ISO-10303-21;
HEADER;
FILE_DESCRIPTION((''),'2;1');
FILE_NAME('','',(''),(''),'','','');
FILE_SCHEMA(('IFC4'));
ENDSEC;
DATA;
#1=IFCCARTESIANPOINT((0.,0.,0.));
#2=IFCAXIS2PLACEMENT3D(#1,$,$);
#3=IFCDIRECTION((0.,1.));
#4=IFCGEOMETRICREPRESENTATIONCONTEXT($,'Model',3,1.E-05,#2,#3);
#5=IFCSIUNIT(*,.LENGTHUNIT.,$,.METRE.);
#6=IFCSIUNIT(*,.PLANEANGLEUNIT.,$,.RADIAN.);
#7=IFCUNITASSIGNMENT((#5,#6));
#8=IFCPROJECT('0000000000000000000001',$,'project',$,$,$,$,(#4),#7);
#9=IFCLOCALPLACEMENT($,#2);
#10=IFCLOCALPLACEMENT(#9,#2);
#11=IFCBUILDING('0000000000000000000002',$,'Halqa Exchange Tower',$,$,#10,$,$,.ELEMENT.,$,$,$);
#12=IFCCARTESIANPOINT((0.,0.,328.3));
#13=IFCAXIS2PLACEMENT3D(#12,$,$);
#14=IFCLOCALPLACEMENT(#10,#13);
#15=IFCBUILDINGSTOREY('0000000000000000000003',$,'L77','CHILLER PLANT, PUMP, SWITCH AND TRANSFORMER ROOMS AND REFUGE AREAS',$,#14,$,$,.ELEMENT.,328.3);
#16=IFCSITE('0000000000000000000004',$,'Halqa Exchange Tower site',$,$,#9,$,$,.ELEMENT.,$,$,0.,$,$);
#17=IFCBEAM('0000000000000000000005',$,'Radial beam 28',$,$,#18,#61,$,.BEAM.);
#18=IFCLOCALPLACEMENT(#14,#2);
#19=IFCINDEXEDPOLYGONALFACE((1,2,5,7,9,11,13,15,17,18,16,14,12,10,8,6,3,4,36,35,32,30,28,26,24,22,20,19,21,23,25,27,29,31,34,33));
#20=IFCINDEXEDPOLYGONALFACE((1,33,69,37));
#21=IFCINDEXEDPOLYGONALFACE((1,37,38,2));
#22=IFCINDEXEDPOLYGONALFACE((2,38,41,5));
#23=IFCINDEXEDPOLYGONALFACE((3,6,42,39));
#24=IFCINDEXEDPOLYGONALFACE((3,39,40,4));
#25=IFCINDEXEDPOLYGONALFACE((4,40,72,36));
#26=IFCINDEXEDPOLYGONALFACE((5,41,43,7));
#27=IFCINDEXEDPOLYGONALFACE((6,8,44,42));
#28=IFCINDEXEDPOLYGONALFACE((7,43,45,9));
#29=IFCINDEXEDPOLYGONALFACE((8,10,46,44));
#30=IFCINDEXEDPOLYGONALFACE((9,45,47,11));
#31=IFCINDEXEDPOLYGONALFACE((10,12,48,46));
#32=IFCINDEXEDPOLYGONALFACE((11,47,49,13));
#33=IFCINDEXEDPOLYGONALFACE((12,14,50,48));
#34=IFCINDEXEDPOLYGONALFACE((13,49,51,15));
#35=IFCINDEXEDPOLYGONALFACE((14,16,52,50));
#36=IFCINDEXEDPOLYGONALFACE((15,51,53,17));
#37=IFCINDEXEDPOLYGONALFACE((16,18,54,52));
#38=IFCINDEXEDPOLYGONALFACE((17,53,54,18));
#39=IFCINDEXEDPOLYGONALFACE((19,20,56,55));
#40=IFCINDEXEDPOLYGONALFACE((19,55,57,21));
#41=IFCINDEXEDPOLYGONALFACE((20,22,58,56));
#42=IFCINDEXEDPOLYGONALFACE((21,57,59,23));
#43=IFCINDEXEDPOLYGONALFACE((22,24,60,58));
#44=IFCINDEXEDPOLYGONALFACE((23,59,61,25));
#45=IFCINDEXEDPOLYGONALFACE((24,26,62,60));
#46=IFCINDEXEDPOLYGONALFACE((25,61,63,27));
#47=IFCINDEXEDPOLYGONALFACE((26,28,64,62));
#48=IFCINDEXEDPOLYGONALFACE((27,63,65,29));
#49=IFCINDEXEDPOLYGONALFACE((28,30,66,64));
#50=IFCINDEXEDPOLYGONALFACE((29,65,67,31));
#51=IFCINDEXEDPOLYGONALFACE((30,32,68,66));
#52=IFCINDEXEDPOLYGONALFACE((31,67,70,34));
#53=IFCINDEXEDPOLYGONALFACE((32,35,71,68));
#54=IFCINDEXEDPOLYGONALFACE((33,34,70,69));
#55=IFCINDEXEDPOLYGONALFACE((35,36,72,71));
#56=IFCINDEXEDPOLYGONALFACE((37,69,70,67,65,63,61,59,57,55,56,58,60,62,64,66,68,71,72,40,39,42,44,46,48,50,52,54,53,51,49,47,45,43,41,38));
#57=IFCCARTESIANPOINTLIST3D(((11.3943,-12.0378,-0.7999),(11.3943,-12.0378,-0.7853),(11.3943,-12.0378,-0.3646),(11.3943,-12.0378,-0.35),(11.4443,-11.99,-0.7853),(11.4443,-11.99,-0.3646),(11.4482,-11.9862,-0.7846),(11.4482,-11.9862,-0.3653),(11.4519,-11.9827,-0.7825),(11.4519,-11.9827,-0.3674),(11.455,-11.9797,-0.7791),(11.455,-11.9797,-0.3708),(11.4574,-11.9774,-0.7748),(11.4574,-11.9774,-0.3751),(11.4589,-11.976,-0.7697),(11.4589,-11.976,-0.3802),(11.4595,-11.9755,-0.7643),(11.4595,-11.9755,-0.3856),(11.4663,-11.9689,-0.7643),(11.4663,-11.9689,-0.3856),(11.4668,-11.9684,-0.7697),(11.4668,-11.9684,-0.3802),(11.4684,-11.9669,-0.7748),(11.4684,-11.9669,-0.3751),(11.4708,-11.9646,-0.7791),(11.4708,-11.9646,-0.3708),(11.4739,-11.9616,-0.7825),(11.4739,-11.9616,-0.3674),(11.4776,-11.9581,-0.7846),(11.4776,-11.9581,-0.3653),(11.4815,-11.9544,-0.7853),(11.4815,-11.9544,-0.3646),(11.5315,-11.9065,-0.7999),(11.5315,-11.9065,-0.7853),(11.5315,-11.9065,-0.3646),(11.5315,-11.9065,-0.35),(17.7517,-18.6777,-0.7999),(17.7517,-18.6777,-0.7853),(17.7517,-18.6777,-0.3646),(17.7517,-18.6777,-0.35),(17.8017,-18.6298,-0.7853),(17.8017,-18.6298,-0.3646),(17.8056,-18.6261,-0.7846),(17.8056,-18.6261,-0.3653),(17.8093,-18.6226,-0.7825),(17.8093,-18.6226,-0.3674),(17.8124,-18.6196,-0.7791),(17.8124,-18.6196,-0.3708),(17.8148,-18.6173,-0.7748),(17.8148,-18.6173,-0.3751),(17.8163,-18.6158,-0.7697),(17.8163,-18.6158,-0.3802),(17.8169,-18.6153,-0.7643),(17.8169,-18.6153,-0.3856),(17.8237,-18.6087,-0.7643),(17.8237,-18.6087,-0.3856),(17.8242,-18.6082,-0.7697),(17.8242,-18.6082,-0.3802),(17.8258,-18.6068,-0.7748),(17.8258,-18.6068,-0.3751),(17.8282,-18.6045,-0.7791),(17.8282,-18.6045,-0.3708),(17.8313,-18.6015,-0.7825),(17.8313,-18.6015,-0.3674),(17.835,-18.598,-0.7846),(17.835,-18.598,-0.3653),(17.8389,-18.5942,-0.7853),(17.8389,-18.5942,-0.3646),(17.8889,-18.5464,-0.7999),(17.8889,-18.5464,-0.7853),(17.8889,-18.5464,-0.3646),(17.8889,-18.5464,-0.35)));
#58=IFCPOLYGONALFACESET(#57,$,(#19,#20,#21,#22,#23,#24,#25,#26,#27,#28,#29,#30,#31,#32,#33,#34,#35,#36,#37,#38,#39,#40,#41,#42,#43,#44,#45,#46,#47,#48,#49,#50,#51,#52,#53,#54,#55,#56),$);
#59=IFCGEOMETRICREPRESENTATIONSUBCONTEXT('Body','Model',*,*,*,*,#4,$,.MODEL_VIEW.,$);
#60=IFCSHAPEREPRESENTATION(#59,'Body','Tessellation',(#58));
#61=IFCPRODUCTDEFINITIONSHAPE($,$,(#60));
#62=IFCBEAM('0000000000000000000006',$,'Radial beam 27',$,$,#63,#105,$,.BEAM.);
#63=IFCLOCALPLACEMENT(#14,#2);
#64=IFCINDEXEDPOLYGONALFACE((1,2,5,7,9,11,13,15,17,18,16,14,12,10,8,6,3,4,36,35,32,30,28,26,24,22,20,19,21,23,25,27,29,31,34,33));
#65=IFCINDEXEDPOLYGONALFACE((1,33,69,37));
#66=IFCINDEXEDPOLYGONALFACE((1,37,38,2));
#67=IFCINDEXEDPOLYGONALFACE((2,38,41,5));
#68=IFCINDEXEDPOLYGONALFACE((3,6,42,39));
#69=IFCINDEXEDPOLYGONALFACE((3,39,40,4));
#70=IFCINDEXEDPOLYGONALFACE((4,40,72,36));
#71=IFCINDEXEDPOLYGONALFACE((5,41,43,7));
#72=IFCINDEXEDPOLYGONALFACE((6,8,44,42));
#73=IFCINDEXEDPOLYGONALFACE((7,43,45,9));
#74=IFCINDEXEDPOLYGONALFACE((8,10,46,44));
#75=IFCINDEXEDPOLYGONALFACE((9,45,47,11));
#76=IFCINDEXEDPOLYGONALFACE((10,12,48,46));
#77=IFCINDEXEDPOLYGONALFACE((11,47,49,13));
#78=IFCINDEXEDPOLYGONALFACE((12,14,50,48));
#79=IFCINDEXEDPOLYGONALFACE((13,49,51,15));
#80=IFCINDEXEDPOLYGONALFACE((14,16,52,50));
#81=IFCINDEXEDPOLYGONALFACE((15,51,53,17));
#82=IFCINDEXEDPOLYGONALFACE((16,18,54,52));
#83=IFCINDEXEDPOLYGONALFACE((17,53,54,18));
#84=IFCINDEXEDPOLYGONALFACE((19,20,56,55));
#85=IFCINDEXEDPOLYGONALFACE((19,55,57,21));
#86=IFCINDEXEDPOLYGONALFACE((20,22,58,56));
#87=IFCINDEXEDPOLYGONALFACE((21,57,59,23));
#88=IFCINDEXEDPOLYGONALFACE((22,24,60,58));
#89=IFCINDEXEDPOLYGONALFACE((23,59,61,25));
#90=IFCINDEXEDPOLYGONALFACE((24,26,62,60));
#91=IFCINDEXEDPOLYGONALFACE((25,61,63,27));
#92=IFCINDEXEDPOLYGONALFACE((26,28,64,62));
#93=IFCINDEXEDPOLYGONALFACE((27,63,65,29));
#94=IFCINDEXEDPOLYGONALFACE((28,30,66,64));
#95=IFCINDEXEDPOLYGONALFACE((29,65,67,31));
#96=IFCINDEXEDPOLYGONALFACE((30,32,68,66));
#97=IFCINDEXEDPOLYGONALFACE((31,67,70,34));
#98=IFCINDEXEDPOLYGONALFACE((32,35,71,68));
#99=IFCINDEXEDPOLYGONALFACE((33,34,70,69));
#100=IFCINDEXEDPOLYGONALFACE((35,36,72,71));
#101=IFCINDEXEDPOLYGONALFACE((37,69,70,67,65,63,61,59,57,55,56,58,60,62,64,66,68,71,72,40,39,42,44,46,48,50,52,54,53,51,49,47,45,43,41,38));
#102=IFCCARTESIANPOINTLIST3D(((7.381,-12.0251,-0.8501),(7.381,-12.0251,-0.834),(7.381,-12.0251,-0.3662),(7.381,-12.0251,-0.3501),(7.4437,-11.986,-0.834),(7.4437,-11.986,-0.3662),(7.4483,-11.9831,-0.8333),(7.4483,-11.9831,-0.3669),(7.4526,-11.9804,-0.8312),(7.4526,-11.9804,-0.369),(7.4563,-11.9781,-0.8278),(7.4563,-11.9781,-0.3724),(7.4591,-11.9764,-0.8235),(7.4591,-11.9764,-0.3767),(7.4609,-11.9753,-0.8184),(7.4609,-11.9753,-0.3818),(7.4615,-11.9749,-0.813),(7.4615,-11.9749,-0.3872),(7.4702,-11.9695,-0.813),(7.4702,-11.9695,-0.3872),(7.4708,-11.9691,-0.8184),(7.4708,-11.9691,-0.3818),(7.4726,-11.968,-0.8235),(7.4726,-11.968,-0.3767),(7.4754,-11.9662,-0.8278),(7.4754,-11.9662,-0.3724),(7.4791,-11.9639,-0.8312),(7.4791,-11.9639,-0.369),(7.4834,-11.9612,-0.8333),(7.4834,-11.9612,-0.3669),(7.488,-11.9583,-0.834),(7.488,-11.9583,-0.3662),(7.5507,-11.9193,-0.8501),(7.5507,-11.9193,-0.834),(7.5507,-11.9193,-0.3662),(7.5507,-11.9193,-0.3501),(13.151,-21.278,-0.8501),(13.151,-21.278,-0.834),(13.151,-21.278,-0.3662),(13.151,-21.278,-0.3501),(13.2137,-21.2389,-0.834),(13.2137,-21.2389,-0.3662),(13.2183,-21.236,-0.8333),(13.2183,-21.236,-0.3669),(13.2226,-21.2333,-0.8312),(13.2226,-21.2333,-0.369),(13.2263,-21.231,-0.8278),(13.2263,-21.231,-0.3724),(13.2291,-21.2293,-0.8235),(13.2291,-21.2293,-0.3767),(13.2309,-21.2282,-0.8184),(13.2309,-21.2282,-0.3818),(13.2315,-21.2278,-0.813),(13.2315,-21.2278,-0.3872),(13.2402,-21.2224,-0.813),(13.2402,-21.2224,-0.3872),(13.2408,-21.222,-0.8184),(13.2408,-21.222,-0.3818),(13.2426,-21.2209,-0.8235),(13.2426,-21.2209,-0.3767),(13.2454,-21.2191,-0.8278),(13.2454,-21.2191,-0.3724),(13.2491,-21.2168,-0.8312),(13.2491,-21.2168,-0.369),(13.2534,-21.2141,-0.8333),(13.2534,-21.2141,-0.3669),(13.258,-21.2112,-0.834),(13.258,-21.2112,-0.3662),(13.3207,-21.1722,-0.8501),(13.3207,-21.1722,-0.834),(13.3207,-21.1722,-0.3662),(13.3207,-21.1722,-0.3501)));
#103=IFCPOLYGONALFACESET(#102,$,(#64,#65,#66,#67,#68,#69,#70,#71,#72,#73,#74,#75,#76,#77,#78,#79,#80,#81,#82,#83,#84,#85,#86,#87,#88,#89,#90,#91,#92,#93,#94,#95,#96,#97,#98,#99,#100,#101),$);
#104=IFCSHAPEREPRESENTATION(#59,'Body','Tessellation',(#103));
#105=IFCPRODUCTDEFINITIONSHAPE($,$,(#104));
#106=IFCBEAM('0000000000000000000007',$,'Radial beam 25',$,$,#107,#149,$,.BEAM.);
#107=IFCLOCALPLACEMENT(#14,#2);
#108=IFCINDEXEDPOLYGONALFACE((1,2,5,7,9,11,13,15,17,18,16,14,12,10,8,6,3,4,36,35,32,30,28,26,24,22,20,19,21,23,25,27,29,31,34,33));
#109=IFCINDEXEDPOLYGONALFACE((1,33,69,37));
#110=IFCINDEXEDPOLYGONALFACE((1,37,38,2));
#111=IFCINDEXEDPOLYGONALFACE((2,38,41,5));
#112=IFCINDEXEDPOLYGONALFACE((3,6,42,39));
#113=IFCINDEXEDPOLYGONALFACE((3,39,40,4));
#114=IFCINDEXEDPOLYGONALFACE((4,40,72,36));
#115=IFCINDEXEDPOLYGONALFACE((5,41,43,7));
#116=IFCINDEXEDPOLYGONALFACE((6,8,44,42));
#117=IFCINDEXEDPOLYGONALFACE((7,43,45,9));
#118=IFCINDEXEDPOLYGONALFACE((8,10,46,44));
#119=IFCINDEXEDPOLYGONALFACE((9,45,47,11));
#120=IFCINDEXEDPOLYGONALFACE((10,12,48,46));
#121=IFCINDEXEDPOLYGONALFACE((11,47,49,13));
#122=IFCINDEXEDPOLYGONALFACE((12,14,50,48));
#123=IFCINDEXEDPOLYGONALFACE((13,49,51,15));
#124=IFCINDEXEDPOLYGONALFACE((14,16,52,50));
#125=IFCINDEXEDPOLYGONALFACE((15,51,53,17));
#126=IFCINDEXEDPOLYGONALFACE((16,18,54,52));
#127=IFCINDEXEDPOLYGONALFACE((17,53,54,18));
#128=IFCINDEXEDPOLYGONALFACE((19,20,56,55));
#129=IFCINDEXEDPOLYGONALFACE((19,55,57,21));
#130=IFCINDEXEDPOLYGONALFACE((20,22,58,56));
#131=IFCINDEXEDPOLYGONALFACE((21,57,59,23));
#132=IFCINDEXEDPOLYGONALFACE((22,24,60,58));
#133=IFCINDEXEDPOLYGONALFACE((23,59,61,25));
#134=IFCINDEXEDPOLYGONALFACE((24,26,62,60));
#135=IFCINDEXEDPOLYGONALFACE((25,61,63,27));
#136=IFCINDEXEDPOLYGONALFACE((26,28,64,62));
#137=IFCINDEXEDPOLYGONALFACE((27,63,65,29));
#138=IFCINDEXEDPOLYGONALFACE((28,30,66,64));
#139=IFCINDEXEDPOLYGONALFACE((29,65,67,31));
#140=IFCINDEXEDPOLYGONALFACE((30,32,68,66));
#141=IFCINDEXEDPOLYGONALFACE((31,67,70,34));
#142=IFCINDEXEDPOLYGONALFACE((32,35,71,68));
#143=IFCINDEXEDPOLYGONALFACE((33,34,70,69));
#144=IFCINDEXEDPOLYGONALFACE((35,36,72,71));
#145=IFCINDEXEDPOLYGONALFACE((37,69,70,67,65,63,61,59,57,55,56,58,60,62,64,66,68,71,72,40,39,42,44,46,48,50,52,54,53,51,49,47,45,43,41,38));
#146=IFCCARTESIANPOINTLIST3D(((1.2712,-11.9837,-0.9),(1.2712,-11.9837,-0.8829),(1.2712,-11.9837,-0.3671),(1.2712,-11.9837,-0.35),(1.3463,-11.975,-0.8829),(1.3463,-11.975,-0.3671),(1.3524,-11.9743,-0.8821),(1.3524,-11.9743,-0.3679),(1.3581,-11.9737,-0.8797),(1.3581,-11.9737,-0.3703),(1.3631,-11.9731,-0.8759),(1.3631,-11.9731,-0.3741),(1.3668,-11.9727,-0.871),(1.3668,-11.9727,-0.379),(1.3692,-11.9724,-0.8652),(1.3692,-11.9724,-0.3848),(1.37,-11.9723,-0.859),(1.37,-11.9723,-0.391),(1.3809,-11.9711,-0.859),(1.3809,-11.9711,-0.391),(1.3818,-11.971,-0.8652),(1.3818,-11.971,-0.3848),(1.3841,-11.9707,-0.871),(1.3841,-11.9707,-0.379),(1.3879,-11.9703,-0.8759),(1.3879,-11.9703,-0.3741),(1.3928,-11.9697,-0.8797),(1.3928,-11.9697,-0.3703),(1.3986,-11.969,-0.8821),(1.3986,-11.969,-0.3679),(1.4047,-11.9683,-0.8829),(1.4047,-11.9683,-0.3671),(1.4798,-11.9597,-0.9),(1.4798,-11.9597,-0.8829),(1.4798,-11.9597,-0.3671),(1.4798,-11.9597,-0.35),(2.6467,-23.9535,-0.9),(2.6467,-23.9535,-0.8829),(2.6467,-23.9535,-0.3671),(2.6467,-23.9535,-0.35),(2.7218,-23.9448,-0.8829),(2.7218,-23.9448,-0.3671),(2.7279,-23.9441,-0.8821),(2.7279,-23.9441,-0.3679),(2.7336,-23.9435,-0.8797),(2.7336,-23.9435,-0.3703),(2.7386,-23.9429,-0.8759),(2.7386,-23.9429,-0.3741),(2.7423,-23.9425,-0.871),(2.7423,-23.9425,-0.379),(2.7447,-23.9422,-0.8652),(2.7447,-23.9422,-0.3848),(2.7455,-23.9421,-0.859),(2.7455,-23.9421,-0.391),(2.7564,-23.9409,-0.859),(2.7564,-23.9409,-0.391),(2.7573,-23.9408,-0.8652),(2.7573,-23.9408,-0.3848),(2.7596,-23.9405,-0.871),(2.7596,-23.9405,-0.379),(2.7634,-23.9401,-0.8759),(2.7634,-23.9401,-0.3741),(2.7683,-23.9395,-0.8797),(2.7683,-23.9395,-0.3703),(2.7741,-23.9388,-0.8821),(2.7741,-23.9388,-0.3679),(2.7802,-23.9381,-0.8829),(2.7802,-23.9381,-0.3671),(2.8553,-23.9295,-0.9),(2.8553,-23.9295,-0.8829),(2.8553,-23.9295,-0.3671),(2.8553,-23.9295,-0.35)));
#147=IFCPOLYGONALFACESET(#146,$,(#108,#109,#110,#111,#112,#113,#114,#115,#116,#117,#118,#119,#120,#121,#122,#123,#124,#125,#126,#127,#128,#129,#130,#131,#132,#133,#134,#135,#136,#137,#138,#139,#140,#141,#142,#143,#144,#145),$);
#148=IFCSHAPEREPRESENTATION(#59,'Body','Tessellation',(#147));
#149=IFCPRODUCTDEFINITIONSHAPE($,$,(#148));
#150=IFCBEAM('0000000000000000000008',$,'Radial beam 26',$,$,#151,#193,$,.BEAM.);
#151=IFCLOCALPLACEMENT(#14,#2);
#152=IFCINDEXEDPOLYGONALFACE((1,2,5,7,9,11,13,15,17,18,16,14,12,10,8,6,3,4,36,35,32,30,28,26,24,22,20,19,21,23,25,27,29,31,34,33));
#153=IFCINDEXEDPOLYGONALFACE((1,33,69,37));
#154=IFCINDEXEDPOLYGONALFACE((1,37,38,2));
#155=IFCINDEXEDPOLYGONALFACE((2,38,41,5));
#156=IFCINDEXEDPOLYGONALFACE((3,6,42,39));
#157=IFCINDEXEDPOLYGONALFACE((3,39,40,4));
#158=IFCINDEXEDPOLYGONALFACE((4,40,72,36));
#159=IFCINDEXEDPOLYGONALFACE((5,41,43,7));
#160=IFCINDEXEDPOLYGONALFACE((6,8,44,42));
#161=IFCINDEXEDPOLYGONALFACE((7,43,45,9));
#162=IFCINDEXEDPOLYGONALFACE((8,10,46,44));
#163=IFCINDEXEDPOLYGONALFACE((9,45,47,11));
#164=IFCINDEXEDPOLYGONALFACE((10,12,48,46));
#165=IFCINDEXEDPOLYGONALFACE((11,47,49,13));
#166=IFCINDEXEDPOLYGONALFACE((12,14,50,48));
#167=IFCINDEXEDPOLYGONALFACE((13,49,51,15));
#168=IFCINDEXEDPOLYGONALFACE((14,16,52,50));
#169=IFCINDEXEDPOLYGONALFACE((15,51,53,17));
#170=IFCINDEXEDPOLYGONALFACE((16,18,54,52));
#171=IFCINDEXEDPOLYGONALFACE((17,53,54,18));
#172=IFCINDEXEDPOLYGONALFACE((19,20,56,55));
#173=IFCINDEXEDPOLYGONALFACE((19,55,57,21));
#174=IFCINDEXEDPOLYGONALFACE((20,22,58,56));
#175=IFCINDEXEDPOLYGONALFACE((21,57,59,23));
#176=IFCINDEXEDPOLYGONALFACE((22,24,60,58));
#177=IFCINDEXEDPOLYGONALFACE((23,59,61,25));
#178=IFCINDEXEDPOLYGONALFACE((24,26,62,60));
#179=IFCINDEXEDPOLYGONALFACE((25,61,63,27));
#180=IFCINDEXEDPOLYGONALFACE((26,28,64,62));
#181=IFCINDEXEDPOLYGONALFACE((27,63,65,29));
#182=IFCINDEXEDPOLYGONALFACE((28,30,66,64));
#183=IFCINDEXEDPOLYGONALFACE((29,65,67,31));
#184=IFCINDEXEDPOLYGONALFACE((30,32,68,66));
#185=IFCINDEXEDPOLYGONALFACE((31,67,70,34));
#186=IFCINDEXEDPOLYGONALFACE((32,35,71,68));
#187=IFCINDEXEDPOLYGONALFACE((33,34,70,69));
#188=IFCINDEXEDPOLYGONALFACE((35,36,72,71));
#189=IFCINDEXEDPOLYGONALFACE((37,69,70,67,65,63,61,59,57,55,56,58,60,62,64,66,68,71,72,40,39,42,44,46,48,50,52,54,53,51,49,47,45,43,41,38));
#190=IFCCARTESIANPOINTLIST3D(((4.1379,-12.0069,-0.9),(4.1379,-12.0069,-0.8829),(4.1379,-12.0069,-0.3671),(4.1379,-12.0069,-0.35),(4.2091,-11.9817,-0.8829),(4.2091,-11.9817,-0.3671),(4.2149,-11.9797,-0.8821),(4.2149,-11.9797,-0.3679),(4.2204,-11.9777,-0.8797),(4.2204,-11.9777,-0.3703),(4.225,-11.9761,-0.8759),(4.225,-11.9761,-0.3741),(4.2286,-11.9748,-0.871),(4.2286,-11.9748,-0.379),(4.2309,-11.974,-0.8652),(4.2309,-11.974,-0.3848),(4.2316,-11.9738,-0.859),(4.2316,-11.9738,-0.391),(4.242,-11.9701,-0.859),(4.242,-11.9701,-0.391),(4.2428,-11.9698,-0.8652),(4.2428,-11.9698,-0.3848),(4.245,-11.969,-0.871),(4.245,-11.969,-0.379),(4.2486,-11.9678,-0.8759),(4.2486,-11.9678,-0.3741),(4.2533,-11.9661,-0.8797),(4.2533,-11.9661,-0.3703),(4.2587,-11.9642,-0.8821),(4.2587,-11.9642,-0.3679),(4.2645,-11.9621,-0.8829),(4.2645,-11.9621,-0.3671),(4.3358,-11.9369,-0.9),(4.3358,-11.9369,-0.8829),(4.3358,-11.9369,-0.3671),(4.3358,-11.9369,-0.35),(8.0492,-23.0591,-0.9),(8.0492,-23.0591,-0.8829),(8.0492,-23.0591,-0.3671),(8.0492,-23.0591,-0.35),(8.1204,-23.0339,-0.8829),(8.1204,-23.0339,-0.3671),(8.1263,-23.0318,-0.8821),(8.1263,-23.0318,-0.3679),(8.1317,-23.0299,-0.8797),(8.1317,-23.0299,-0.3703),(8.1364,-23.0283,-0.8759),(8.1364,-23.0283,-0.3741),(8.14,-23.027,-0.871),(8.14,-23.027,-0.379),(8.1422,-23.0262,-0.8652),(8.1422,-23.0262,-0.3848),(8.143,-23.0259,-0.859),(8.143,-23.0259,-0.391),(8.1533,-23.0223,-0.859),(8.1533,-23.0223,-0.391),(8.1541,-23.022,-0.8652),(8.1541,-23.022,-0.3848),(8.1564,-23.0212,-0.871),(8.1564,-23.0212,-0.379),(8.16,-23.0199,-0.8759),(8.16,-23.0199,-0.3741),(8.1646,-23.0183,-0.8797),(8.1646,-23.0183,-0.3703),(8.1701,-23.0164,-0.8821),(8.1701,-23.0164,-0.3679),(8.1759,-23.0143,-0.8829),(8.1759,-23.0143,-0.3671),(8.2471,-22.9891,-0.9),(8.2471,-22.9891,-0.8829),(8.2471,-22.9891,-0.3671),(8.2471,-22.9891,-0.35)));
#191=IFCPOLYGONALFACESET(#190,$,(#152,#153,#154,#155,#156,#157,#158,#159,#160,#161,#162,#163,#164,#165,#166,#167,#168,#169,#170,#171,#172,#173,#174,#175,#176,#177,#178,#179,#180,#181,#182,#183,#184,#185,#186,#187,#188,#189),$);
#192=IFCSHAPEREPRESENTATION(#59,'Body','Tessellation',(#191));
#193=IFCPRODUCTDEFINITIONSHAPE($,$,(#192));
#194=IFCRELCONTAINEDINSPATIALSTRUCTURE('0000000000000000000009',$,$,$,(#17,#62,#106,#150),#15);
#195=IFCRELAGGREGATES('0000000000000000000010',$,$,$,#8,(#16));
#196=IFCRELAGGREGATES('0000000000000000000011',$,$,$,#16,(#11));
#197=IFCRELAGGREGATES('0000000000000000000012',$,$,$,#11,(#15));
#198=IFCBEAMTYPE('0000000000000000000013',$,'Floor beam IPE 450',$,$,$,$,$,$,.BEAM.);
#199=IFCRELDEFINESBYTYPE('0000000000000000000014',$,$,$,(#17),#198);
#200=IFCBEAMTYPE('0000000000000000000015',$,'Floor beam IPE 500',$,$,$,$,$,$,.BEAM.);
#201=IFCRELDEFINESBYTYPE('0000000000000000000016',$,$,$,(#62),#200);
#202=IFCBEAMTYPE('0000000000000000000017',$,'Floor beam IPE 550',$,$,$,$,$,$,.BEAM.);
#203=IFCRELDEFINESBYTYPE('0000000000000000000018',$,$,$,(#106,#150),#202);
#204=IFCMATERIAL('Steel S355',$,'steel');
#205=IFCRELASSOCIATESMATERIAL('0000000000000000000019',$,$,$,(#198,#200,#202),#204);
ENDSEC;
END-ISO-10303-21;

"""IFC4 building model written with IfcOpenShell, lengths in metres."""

from ifc_helpers import new_model, si_unit, direction, frame, origin, origin_2d, place, context, subcontext, project, spatial, i_section, extrude, material, material_profile, profile_set, type_object, element, save


model = new_model("IFC4")

# Units and contexts
model_context = context("Model", 3, precision=1e-05, world=origin(), true_north=direction((0.0, 1.0)))
body_context = subcontext(model_context, "Body", "Model", "MODEL_VIEW")
ifc_project = project(units=[si_unit("LENGTHUNIT", "METRE"), si_unit("PLANEANGLEUNIT", "RADIAN")], contexts=[model_context])

# Site, building, storey
site_placement = place(None, origin())
site = spatial("IfcSite", under=ifc_project, at=site_placement, Name="Halqa Exchange Tower site", CompositionType="ELEMENT", RefElevation=0.0)
building_placement = place(site_placement, origin())
building = spatial("IfcBuilding", under=site, at=building_placement, Name="Halqa Exchange Tower", CompositionType="ELEMENT")
storey_placement = place(building_placement, frame((0.0, 0.0, 328.3)))
storey = spatial("IfcBuildingStorey", under=building, at=storey_placement, Name="L77", Description="CHILLER PLANT, PUMP, SWITCH AND TRANSFORMER ROOMS AND REFUGE AREAS", CompositionType="ELEMENT", Elevation=328.3)

# Beams
ifc_material_1 = material(Name="Steel S355", Category="steel")
ifc_material_profile_1 = material_profile(ifc_material_1, i_section(OverallWidth=0.1899, OverallDepth=0.45, WebThickness=0.0095, FlangeThickness=0.0146, FilletRadius=0.021, at=origin_2d()), Name="IPE 450")
ifc_profile_set_1 = profile_set([ifc_material_profile_1], Name="Steel S355")
beam_type_1 = type_object("IfcBeamType", Name="Floor beam IPE 450", PredefinedType="BEAM", material=ifc_profile_set_1)
beam_1_placement = place(storey_placement, frame((11.4629, -11.9722, -0.575), z_axis=(0.691576, -0.722304, 0.0), x_axis=(0.722304, 0.691576, 0.0)))
element("IfcBeam", 1, at=beam_1_placement, inside=storey, type_object=beam_type_1, Name="Radial beam 28", PredefinedType="BEAM", context=body_context, shape_type="SweptSolid", body=[
    extrude(i_section(OverallWidth=0.1899, OverallDepth=0.45, WebThickness=0.0095, FlangeThickness=0.0146, FilletRadius=0.021, at=origin_2d()), origin(), (0.0, 0.0, 1.0), 9.1926),
])
ifc_material_profile_2 = material_profile(ifc_material_1, i_section(OverallWidth=0.2, OverallDepth=0.5, WebThickness=0.0103, FlangeThickness=0.0161, FilletRadius=0.021, at=origin_2d()), Name="IPE 500")
ifc_profile_set_2 = profile_set([ifc_material_profile_2], Name="Steel S355")
beam_type_2 = type_object("IfcBeamType", Name="Floor beam IPE 500", PredefinedType="BEAM", material=ifc_profile_set_2)
beam_2_placement = place(storey_placement, frame((7.4658, -11.9722, -0.6001), z_axis=(0.529137, -0.848536, 0.0), x_axis=(0.848536, 0.529137, 0.0)))
element("IfcBeam", 2, at=beam_2_placement, inside=storey, type_object=beam_type_2, Name="Radial beam 27", PredefinedType="BEAM", context=body_context, shape_type="SweptSolid", body=[
    extrude(i_section(OverallWidth=0.2, OverallDepth=0.5, WebThickness=0.0103, FlangeThickness=0.0161, FilletRadius=0.021, at=origin_2d()), origin(), (0.0, 0.0, 1.0), 10.9045),
])
ifc_material_profile_3 = material_profile(ifc_material_1, i_section(OverallWidth=0.21, OverallDepth=0.55, WebThickness=0.011, FlangeThickness=0.0171, FilletRadius=0.0239, at=origin_2d()), Name="IPE 550")
ifc_profile_set_3 = profile_set([ifc_material_profile_3], Name="Steel S355")
beam_type_3 = type_object("IfcBeamType", Name="Floor beam IPE 550", PredefinedType="BEAM", material=ifc_profile_set_3)
beam_3_placement = place(storey_placement, frame((1.3755, -11.9717, -0.625), z_axis=(0.114163, -0.993462, 0.0), x_axis=(0.993462, 0.114163, 0.0)))
element("IfcBeam", 3, at=beam_3_placement, inside=storey, type_object=beam_type_3, Name="Radial beam 25", PredefinedType="BEAM", context=body_context, shape_type="SweptSolid", body=[
    extrude(i_section(OverallWidth=0.21, OverallDepth=0.55, WebThickness=0.011, FlangeThickness=0.0171, FilletRadius=0.0239, at=origin_2d()), origin(), (0.0, 0.0, 1.0), 12.0486),
])
beam_4_placement = place(storey_placement, frame((4.2368, -11.9719, -0.625), z_axis=(0.333623, -0.942707, 0.0), x_axis=(0.942707, 0.333623, 0.0)))
element("IfcBeam", 4, at=beam_4_placement, inside=storey, type_object=beam_type_3, Name="Radial beam 26", PredefinedType="BEAM", context=body_context, shape_type="SweptSolid", body=[
    extrude(i_section(OverallWidth=0.21, OverallDepth=0.55, WebThickness=0.011, FlangeThickness=0.0171, FilletRadius=0.0239, at=origin_2d()), origin(), (0.0, 0.0, 1.0), 11.7239),
])

save(model, "model.ifc")
